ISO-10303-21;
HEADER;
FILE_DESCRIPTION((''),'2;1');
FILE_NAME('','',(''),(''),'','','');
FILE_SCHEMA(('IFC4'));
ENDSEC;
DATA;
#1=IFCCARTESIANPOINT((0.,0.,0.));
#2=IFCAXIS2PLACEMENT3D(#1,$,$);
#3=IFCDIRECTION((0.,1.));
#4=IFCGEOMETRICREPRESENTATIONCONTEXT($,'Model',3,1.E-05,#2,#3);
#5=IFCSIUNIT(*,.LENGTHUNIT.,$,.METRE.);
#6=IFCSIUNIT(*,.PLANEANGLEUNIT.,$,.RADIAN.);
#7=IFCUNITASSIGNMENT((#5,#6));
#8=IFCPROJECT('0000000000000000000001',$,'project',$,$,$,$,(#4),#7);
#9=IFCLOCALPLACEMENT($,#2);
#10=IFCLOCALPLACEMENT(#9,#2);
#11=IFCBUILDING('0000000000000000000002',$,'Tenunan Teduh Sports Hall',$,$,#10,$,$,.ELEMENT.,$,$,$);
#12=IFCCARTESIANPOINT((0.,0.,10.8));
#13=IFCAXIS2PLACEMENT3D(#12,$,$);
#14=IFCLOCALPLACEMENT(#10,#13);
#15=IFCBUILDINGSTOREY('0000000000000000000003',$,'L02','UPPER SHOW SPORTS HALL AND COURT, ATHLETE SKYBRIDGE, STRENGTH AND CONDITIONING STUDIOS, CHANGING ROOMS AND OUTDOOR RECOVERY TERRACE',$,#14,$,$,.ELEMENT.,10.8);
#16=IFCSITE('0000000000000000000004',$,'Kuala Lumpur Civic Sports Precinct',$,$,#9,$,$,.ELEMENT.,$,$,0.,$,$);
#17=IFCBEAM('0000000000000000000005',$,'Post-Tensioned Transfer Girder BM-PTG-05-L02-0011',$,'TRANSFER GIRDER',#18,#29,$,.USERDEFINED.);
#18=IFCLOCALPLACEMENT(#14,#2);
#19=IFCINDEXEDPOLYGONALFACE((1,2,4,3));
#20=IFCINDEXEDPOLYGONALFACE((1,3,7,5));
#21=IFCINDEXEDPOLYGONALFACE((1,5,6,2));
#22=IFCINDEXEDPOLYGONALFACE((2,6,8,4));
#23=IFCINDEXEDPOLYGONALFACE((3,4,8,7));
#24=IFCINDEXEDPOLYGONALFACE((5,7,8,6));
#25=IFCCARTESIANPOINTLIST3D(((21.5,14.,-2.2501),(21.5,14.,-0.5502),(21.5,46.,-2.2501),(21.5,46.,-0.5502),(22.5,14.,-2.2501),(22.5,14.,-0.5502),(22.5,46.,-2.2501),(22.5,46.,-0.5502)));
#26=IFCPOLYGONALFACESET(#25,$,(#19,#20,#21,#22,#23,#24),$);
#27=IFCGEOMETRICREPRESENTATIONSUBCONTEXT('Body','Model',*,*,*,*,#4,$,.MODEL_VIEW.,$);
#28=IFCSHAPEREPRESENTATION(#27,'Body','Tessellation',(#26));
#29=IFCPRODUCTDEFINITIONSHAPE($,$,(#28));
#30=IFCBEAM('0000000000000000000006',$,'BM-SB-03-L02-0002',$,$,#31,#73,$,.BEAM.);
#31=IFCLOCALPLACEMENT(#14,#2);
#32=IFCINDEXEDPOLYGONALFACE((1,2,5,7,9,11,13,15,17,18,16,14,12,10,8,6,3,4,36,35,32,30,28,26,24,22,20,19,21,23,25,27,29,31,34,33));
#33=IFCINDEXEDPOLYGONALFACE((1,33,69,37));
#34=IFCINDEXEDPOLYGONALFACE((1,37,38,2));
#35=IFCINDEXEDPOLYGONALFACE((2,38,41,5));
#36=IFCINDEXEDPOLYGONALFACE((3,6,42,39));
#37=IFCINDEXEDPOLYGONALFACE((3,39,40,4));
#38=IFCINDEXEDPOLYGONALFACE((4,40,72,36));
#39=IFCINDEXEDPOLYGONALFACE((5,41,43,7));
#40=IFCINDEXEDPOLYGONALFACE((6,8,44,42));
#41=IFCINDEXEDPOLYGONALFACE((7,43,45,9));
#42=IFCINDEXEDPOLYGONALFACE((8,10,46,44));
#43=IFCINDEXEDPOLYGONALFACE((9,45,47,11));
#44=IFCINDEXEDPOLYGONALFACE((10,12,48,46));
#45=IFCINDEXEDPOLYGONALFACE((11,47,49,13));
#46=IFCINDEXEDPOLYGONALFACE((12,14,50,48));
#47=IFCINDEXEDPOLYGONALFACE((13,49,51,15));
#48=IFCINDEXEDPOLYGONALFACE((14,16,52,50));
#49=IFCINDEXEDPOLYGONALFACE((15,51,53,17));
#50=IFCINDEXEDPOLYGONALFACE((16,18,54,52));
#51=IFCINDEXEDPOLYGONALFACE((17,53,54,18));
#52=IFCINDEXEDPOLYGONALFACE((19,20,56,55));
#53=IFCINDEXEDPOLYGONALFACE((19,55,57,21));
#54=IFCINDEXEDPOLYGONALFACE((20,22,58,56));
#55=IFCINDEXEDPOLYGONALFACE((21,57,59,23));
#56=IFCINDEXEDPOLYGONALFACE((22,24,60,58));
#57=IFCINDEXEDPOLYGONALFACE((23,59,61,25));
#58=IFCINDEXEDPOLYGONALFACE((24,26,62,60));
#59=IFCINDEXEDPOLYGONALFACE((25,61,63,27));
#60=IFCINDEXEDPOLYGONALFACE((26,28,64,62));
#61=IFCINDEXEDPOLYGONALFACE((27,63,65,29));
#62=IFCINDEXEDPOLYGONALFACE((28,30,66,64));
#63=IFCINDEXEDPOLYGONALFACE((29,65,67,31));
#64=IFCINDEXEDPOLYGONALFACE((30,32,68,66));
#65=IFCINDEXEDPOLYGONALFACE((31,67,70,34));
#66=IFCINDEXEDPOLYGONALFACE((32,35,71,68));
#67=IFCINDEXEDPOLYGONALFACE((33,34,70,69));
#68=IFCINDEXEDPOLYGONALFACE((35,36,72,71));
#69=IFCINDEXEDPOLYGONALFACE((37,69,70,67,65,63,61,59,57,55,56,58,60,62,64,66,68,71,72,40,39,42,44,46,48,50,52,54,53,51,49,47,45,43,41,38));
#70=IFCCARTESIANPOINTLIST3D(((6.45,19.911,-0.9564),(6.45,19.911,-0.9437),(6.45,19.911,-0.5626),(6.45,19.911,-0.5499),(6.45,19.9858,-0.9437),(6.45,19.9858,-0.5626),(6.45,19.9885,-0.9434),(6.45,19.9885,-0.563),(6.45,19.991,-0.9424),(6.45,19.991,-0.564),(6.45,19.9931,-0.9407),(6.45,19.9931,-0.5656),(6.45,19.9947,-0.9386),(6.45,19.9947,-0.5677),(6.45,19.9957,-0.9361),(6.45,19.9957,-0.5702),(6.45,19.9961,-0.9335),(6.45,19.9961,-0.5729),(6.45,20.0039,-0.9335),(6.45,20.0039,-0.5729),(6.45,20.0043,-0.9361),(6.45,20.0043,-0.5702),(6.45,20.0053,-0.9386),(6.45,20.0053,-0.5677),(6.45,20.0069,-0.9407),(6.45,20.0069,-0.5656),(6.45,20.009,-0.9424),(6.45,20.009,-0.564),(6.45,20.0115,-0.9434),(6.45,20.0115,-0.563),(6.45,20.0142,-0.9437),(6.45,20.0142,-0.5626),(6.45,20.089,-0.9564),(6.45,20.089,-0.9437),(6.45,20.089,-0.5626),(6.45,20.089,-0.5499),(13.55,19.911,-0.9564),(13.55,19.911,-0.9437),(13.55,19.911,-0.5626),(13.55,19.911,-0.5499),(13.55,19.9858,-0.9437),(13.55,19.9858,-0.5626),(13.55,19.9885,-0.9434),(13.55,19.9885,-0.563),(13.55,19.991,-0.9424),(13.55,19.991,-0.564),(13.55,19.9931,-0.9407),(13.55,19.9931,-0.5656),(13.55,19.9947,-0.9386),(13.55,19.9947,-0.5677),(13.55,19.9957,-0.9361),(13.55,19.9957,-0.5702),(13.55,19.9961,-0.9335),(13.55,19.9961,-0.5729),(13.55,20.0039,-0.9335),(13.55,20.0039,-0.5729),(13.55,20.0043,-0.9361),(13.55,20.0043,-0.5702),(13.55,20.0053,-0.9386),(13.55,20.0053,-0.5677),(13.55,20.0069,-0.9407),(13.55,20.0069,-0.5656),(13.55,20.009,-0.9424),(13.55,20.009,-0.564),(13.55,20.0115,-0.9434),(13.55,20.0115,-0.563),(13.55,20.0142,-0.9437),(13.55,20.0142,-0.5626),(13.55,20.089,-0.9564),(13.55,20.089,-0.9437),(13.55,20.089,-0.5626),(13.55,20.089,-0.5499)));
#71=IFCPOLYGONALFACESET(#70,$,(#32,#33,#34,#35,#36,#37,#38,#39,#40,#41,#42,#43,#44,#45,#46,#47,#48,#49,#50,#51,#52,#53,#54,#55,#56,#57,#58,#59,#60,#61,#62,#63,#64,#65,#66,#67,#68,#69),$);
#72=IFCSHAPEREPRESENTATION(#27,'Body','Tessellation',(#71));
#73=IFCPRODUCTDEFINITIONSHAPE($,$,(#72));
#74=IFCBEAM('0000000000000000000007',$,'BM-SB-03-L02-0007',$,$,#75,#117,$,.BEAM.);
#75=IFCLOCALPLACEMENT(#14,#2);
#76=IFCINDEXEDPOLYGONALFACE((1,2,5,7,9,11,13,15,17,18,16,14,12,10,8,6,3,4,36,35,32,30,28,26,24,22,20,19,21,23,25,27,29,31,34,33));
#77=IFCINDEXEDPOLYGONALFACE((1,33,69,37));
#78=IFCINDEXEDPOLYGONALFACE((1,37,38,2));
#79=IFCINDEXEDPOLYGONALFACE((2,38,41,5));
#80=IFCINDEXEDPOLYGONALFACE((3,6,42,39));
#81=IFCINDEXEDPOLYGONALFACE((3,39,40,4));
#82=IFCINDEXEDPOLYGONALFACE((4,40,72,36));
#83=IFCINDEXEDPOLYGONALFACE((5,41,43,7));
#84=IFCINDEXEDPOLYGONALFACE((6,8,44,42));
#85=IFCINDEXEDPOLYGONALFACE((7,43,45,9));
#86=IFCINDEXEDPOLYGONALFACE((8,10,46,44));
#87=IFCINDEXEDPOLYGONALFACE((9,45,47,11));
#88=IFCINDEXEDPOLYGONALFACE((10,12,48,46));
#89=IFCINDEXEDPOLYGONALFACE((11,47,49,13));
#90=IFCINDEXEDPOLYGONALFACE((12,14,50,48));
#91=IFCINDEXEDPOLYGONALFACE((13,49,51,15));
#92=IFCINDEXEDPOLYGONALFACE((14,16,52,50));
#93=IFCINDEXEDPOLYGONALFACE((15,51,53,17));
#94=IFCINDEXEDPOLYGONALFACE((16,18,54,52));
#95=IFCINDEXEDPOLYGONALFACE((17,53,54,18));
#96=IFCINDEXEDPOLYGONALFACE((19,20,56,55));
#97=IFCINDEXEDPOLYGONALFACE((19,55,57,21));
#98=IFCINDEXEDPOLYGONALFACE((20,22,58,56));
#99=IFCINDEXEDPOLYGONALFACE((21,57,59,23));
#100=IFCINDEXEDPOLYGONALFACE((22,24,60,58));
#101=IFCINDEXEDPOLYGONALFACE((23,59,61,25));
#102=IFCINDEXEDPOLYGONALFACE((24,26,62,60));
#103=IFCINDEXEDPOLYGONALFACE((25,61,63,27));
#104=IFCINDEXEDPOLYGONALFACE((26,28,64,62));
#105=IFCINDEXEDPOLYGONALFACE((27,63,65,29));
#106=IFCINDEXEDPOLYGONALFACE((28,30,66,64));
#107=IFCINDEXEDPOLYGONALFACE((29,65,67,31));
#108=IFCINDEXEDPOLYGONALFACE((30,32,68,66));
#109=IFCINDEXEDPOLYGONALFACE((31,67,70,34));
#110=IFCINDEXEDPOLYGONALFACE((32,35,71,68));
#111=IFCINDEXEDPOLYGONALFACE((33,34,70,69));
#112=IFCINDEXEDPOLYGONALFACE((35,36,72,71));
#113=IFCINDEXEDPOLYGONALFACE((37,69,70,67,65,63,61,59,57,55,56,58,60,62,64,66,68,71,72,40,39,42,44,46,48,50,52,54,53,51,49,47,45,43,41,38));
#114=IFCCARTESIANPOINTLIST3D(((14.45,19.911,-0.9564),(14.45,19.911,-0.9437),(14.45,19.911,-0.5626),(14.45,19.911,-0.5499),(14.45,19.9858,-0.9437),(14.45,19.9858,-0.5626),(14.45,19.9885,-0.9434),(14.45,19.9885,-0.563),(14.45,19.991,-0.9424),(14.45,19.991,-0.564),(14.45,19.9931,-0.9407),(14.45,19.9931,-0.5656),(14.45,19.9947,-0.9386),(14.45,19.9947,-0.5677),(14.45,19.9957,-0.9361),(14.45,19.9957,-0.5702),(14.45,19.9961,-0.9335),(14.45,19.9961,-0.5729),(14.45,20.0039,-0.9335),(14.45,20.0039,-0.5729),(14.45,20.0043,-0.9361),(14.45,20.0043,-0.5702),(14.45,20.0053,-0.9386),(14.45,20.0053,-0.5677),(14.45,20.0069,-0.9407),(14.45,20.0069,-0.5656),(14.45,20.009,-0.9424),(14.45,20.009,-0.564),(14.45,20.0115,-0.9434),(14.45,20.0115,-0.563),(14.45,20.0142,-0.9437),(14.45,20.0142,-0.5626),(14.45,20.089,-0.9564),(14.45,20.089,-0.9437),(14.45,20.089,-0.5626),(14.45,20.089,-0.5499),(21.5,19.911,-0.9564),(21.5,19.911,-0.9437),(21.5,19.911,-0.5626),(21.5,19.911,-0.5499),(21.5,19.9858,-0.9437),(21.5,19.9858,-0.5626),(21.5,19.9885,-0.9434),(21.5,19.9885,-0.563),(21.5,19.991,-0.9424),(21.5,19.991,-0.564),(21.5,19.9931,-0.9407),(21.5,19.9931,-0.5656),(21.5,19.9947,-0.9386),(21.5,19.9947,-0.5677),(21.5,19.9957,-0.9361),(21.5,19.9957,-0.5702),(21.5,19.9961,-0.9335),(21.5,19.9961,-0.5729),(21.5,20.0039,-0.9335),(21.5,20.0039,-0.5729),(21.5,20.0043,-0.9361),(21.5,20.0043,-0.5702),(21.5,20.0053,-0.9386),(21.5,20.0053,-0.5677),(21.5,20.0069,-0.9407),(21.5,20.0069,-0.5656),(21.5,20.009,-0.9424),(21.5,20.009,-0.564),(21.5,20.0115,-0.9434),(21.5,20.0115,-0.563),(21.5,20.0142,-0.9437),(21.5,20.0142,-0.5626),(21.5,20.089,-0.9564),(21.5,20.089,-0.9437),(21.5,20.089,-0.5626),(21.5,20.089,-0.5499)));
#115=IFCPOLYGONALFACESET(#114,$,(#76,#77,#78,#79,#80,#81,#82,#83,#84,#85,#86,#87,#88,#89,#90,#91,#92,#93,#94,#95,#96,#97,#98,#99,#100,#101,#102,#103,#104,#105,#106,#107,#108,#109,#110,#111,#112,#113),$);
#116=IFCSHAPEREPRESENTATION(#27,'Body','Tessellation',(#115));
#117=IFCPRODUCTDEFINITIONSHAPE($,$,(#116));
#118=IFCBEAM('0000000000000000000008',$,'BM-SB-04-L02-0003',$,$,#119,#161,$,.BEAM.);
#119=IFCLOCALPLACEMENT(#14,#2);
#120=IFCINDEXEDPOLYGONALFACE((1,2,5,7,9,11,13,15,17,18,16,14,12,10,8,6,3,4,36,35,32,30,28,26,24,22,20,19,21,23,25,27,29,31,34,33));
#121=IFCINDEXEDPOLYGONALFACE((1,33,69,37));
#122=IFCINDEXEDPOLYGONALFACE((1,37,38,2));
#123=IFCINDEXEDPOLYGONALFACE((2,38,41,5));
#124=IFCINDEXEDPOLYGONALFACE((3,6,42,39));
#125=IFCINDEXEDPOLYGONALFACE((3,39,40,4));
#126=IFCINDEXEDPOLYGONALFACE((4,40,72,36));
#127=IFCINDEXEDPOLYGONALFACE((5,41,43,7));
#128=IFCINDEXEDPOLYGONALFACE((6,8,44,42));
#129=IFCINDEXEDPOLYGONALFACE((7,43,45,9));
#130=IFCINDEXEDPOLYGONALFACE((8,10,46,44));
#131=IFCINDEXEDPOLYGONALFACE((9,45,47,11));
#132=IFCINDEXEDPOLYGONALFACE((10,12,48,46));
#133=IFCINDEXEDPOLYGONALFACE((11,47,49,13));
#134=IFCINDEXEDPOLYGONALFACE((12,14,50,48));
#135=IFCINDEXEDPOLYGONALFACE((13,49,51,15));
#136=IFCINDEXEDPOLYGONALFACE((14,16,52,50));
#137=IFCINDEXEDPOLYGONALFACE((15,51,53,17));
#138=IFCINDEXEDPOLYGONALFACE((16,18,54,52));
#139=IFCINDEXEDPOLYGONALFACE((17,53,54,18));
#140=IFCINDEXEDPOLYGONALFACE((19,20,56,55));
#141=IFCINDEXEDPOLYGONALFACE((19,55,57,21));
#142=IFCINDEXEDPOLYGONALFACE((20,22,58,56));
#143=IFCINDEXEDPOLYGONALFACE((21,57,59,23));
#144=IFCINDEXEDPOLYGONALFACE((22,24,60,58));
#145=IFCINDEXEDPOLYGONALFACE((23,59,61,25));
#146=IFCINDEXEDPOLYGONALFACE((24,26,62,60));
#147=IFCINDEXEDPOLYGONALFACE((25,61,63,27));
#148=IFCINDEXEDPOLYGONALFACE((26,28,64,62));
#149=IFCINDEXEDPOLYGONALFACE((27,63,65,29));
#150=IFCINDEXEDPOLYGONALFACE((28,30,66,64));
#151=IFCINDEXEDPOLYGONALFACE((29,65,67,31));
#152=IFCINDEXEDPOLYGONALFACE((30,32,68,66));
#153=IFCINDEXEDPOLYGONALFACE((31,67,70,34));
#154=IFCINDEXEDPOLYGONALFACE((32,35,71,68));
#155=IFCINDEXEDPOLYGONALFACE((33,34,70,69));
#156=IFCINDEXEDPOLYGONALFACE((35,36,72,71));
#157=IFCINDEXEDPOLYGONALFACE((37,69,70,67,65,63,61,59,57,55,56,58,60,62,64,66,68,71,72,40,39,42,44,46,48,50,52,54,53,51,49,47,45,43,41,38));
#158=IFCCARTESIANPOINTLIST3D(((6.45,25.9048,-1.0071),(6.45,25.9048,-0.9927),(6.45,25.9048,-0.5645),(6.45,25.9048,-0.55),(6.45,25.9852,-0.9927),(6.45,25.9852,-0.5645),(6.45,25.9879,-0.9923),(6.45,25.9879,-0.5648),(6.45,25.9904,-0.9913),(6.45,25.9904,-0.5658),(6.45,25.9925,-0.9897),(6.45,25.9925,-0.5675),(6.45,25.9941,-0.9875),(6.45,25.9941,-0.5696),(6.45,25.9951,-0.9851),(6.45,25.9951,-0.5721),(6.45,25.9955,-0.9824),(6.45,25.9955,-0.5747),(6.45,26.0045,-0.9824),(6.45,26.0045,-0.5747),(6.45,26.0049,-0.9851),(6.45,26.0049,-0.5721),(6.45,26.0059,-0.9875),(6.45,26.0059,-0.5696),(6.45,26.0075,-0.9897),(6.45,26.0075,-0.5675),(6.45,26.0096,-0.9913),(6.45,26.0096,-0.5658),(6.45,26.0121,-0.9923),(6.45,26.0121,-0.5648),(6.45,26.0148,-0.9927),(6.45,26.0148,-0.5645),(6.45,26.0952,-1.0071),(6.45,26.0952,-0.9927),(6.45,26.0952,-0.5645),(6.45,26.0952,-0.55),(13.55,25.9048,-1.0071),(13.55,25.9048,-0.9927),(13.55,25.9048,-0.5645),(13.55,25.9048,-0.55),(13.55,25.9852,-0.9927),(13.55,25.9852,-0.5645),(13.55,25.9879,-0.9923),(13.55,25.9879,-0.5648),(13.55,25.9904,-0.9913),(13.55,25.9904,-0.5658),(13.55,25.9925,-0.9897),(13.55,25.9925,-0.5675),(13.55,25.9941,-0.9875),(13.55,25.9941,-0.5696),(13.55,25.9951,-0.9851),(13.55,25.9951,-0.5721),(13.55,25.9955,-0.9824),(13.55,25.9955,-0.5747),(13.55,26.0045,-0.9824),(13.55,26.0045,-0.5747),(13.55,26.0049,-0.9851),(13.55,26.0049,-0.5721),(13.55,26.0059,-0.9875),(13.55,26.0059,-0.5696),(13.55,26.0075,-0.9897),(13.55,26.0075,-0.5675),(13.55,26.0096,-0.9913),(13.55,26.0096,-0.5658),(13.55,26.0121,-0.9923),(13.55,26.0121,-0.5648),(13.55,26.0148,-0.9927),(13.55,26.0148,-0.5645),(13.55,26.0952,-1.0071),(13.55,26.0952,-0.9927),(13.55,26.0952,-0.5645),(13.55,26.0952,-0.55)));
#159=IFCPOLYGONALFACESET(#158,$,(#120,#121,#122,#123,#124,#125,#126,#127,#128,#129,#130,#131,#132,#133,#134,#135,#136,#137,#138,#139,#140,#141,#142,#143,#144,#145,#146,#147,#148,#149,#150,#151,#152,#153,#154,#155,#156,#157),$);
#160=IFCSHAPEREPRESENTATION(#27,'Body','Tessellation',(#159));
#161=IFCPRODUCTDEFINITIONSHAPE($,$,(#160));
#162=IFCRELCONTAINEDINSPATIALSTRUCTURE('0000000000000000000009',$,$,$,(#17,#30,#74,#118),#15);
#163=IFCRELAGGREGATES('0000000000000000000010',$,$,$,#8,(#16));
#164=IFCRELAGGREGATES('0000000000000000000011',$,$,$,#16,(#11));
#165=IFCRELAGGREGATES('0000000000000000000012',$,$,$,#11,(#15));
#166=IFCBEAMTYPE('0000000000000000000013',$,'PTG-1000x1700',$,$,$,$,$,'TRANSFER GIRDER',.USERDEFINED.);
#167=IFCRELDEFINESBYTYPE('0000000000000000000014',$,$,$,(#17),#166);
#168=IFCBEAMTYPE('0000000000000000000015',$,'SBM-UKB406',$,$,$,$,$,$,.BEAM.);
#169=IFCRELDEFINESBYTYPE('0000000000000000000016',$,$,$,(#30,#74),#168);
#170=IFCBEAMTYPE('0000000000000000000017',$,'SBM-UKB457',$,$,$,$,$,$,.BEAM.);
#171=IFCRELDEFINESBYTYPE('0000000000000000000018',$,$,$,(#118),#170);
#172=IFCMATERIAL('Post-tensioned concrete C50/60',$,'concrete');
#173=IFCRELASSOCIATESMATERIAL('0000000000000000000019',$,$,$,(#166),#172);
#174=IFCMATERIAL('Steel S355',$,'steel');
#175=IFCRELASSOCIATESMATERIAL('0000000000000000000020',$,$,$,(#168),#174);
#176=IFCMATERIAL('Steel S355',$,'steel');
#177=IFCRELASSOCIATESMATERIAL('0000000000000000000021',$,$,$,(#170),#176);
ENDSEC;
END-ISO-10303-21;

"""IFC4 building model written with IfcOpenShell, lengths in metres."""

from ifc_helpers import new_model, si_unit, direction, frame, origin, origin_2d, place, context, subcontext, project, spatial, rectangle, i_section, extrude, material, material_profile, profile_set, type_object, element, save


model = new_model("IFC4")

# Units and contexts
model_context = context("Model", 3, precision=1e-05, world=origin(), true_north=direction((0.0, 1.0)))
body_context = subcontext(model_context, "Body", "Model", "MODEL_VIEW")
ifc_project = project(units=[si_unit("LENGTHUNIT", "METRE"), si_unit("PLANEANGLEUNIT", "RADIAN")], contexts=[model_context])

# Site, building, storey
site_placement = place(None, origin())
site = spatial("IfcSite", under=ifc_project, at=site_placement, Name="Kuala Lumpur Civic Sports Precinct", CompositionType="ELEMENT", RefElevation=0.0)
building_placement = place(site_placement, origin())
building = spatial("IfcBuilding", under=site, at=building_placement, Name="Tenunan Teduh Sports Hall", CompositionType="ELEMENT")
storey_placement = place(building_placement, frame((0.0, 0.0, 10.8)))
storey = spatial("IfcBuildingStorey", under=building, at=storey_placement, Name="L02", Description="UPPER SHOW SPORTS HALL AND COURT, ATHLETE SKYBRIDGE, STRENGTH AND CONDITIONING STUDIOS, CHANGING ROOMS AND OUTDOOR RECOVERY TERRACE", CompositionType="ELEMENT", Elevation=10.8)

# Beams
ifc_material_1 = material(Name="Post-tensioned concrete C50/60", Category="concrete")
ifc_material_profile_1 = material_profile(ifc_material_1, rectangle(XDim=1.0, YDim=1.7, at=origin_2d()), Name="PTG 1000x1700")
ifc_profile_set_1 = profile_set([ifc_material_profile_1], Name="Post-tensioned concrete C50/60")
beam_type_1 = type_object("IfcBeamType", Name="PTG-1000x1700", ElementType="TRANSFER GIRDER", PredefinedType="USERDEFINED", material=ifc_profile_set_1)
beam_1_placement = place(storey_placement, frame((22.0, 14.0, -1.4001), z_axis=(0.0, 1.0, 0.0), x_axis=(-1.0, 0.0, 0.0)))
element("IfcBeam", 1, at=beam_1_placement, inside=storey, type_object=beam_type_1, Name="Post-Tensioned Transfer Girder BM-PTG-05-L02-0011", ObjectType="TRANSFER GIRDER", PredefinedType="USERDEFINED", context=body_context, shape_type="SweptSolid", body=[
    extrude(rectangle(XDim=1.0, YDim=1.7, at=origin_2d()), origin(), (0.0, 0.0, 1.0), 32.0),
])
ifc_material_2 = material(Name="Steel S355", Category="steel")
ifc_material_profile_2 = material_profile(ifc_material_2, i_section(OverallWidth=0.178, OverallDepth=0.4065, WebThickness=0.0078, FlangeThickness=0.0127, FilletRadius=0.0103, at=origin_2d()), Name="UKB 406x178x60")
ifc_profile_set_2 = profile_set([ifc_material_profile_2], Name="Steel S355")
beam_type_2 = type_object("IfcBeamType", Name="SBM-UKB406", PredefinedType="BEAM", material=ifc_profile_set_2)
beam_2_placement = place(storey_placement, frame((6.45, 20.0, -0.7532), z_axis=(1.0, 0.0, 0.0), x_axis=(0.0, 1.0, 0.0)))
element("IfcBeam", 2, at=beam_2_placement, inside=storey, type_object=beam_type_2, Name="BM-SB-03-L02-0002", PredefinedType="BEAM", context=body_context, shape_type="SweptSolid", body=[
    extrude(i_section(OverallWidth=0.178, OverallDepth=0.4065, WebThickness=0.0078, FlangeThickness=0.0127, FilletRadius=0.0103, at=origin_2d()), origin(), (0.0, 0.0, 1.0), 7.1001),
])
beam_3_placement = place(storey_placement, frame((14.45, 20.0, -0.7532), z_axis=(1.0, 0.0, 0.0), x_axis=(0.0, 1.0, 0.0)))
element("IfcBeam", 3, at=beam_3_placement, inside=storey, type_object=beam_type_2, Name="BM-SB-03-L02-0007", PredefinedType="BEAM", context=body_context, shape_type="SweptSolid", body=[
    extrude(i_section(OverallWidth=0.178, OverallDepth=0.4065, WebThickness=0.0078, FlangeThickness=0.0127, FilletRadius=0.0103, at=origin_2d()), origin(), (0.0, 0.0, 1.0), 7.05),
])
ifc_material_3 = material(Name="Steel S355", Category="steel")
ifc_material_profile_3 = material_profile(ifc_material_3, i_section(OverallWidth=0.1904, OverallDepth=0.457, WebThickness=0.009, FlangeThickness=0.0144, FilletRadius=0.0103, at=origin_2d()), Name="UKB 457x191x74")
ifc_profile_set_3 = profile_set([ifc_material_profile_3], Name="Steel S355")
beam_type_3 = type_object("IfcBeamType", Name="SBM-UKB457", PredefinedType="BEAM", material=ifc_profile_set_3)
for number, where, z_axis, x_axis, name in (
    (4, (6.45, 26.0, -0.7786), (1.0, 0.0, 0.0), (0.0, 1.0, 0.0), "BM-SB-04-L02-0003"),
):
    element("IfcBeam", number, at=place(storey_placement, frame(where, z_axis=z_axis, x_axis=x_axis)), inside=storey, type_object=beam_type_3, Name=name, PredefinedType="BEAM", context=body_context, shape_type="SweptSolid", body=[
        extrude(i_section(OverallWidth=0.1904, OverallDepth=0.457, WebThickness=0.009, FlangeThickness=0.0144, FilletRadius=0.0103, at=origin_2d()), origin(), (0.0, 0.0, 1.0), 7.1001),
    ])

save(model, "model.ifc")
